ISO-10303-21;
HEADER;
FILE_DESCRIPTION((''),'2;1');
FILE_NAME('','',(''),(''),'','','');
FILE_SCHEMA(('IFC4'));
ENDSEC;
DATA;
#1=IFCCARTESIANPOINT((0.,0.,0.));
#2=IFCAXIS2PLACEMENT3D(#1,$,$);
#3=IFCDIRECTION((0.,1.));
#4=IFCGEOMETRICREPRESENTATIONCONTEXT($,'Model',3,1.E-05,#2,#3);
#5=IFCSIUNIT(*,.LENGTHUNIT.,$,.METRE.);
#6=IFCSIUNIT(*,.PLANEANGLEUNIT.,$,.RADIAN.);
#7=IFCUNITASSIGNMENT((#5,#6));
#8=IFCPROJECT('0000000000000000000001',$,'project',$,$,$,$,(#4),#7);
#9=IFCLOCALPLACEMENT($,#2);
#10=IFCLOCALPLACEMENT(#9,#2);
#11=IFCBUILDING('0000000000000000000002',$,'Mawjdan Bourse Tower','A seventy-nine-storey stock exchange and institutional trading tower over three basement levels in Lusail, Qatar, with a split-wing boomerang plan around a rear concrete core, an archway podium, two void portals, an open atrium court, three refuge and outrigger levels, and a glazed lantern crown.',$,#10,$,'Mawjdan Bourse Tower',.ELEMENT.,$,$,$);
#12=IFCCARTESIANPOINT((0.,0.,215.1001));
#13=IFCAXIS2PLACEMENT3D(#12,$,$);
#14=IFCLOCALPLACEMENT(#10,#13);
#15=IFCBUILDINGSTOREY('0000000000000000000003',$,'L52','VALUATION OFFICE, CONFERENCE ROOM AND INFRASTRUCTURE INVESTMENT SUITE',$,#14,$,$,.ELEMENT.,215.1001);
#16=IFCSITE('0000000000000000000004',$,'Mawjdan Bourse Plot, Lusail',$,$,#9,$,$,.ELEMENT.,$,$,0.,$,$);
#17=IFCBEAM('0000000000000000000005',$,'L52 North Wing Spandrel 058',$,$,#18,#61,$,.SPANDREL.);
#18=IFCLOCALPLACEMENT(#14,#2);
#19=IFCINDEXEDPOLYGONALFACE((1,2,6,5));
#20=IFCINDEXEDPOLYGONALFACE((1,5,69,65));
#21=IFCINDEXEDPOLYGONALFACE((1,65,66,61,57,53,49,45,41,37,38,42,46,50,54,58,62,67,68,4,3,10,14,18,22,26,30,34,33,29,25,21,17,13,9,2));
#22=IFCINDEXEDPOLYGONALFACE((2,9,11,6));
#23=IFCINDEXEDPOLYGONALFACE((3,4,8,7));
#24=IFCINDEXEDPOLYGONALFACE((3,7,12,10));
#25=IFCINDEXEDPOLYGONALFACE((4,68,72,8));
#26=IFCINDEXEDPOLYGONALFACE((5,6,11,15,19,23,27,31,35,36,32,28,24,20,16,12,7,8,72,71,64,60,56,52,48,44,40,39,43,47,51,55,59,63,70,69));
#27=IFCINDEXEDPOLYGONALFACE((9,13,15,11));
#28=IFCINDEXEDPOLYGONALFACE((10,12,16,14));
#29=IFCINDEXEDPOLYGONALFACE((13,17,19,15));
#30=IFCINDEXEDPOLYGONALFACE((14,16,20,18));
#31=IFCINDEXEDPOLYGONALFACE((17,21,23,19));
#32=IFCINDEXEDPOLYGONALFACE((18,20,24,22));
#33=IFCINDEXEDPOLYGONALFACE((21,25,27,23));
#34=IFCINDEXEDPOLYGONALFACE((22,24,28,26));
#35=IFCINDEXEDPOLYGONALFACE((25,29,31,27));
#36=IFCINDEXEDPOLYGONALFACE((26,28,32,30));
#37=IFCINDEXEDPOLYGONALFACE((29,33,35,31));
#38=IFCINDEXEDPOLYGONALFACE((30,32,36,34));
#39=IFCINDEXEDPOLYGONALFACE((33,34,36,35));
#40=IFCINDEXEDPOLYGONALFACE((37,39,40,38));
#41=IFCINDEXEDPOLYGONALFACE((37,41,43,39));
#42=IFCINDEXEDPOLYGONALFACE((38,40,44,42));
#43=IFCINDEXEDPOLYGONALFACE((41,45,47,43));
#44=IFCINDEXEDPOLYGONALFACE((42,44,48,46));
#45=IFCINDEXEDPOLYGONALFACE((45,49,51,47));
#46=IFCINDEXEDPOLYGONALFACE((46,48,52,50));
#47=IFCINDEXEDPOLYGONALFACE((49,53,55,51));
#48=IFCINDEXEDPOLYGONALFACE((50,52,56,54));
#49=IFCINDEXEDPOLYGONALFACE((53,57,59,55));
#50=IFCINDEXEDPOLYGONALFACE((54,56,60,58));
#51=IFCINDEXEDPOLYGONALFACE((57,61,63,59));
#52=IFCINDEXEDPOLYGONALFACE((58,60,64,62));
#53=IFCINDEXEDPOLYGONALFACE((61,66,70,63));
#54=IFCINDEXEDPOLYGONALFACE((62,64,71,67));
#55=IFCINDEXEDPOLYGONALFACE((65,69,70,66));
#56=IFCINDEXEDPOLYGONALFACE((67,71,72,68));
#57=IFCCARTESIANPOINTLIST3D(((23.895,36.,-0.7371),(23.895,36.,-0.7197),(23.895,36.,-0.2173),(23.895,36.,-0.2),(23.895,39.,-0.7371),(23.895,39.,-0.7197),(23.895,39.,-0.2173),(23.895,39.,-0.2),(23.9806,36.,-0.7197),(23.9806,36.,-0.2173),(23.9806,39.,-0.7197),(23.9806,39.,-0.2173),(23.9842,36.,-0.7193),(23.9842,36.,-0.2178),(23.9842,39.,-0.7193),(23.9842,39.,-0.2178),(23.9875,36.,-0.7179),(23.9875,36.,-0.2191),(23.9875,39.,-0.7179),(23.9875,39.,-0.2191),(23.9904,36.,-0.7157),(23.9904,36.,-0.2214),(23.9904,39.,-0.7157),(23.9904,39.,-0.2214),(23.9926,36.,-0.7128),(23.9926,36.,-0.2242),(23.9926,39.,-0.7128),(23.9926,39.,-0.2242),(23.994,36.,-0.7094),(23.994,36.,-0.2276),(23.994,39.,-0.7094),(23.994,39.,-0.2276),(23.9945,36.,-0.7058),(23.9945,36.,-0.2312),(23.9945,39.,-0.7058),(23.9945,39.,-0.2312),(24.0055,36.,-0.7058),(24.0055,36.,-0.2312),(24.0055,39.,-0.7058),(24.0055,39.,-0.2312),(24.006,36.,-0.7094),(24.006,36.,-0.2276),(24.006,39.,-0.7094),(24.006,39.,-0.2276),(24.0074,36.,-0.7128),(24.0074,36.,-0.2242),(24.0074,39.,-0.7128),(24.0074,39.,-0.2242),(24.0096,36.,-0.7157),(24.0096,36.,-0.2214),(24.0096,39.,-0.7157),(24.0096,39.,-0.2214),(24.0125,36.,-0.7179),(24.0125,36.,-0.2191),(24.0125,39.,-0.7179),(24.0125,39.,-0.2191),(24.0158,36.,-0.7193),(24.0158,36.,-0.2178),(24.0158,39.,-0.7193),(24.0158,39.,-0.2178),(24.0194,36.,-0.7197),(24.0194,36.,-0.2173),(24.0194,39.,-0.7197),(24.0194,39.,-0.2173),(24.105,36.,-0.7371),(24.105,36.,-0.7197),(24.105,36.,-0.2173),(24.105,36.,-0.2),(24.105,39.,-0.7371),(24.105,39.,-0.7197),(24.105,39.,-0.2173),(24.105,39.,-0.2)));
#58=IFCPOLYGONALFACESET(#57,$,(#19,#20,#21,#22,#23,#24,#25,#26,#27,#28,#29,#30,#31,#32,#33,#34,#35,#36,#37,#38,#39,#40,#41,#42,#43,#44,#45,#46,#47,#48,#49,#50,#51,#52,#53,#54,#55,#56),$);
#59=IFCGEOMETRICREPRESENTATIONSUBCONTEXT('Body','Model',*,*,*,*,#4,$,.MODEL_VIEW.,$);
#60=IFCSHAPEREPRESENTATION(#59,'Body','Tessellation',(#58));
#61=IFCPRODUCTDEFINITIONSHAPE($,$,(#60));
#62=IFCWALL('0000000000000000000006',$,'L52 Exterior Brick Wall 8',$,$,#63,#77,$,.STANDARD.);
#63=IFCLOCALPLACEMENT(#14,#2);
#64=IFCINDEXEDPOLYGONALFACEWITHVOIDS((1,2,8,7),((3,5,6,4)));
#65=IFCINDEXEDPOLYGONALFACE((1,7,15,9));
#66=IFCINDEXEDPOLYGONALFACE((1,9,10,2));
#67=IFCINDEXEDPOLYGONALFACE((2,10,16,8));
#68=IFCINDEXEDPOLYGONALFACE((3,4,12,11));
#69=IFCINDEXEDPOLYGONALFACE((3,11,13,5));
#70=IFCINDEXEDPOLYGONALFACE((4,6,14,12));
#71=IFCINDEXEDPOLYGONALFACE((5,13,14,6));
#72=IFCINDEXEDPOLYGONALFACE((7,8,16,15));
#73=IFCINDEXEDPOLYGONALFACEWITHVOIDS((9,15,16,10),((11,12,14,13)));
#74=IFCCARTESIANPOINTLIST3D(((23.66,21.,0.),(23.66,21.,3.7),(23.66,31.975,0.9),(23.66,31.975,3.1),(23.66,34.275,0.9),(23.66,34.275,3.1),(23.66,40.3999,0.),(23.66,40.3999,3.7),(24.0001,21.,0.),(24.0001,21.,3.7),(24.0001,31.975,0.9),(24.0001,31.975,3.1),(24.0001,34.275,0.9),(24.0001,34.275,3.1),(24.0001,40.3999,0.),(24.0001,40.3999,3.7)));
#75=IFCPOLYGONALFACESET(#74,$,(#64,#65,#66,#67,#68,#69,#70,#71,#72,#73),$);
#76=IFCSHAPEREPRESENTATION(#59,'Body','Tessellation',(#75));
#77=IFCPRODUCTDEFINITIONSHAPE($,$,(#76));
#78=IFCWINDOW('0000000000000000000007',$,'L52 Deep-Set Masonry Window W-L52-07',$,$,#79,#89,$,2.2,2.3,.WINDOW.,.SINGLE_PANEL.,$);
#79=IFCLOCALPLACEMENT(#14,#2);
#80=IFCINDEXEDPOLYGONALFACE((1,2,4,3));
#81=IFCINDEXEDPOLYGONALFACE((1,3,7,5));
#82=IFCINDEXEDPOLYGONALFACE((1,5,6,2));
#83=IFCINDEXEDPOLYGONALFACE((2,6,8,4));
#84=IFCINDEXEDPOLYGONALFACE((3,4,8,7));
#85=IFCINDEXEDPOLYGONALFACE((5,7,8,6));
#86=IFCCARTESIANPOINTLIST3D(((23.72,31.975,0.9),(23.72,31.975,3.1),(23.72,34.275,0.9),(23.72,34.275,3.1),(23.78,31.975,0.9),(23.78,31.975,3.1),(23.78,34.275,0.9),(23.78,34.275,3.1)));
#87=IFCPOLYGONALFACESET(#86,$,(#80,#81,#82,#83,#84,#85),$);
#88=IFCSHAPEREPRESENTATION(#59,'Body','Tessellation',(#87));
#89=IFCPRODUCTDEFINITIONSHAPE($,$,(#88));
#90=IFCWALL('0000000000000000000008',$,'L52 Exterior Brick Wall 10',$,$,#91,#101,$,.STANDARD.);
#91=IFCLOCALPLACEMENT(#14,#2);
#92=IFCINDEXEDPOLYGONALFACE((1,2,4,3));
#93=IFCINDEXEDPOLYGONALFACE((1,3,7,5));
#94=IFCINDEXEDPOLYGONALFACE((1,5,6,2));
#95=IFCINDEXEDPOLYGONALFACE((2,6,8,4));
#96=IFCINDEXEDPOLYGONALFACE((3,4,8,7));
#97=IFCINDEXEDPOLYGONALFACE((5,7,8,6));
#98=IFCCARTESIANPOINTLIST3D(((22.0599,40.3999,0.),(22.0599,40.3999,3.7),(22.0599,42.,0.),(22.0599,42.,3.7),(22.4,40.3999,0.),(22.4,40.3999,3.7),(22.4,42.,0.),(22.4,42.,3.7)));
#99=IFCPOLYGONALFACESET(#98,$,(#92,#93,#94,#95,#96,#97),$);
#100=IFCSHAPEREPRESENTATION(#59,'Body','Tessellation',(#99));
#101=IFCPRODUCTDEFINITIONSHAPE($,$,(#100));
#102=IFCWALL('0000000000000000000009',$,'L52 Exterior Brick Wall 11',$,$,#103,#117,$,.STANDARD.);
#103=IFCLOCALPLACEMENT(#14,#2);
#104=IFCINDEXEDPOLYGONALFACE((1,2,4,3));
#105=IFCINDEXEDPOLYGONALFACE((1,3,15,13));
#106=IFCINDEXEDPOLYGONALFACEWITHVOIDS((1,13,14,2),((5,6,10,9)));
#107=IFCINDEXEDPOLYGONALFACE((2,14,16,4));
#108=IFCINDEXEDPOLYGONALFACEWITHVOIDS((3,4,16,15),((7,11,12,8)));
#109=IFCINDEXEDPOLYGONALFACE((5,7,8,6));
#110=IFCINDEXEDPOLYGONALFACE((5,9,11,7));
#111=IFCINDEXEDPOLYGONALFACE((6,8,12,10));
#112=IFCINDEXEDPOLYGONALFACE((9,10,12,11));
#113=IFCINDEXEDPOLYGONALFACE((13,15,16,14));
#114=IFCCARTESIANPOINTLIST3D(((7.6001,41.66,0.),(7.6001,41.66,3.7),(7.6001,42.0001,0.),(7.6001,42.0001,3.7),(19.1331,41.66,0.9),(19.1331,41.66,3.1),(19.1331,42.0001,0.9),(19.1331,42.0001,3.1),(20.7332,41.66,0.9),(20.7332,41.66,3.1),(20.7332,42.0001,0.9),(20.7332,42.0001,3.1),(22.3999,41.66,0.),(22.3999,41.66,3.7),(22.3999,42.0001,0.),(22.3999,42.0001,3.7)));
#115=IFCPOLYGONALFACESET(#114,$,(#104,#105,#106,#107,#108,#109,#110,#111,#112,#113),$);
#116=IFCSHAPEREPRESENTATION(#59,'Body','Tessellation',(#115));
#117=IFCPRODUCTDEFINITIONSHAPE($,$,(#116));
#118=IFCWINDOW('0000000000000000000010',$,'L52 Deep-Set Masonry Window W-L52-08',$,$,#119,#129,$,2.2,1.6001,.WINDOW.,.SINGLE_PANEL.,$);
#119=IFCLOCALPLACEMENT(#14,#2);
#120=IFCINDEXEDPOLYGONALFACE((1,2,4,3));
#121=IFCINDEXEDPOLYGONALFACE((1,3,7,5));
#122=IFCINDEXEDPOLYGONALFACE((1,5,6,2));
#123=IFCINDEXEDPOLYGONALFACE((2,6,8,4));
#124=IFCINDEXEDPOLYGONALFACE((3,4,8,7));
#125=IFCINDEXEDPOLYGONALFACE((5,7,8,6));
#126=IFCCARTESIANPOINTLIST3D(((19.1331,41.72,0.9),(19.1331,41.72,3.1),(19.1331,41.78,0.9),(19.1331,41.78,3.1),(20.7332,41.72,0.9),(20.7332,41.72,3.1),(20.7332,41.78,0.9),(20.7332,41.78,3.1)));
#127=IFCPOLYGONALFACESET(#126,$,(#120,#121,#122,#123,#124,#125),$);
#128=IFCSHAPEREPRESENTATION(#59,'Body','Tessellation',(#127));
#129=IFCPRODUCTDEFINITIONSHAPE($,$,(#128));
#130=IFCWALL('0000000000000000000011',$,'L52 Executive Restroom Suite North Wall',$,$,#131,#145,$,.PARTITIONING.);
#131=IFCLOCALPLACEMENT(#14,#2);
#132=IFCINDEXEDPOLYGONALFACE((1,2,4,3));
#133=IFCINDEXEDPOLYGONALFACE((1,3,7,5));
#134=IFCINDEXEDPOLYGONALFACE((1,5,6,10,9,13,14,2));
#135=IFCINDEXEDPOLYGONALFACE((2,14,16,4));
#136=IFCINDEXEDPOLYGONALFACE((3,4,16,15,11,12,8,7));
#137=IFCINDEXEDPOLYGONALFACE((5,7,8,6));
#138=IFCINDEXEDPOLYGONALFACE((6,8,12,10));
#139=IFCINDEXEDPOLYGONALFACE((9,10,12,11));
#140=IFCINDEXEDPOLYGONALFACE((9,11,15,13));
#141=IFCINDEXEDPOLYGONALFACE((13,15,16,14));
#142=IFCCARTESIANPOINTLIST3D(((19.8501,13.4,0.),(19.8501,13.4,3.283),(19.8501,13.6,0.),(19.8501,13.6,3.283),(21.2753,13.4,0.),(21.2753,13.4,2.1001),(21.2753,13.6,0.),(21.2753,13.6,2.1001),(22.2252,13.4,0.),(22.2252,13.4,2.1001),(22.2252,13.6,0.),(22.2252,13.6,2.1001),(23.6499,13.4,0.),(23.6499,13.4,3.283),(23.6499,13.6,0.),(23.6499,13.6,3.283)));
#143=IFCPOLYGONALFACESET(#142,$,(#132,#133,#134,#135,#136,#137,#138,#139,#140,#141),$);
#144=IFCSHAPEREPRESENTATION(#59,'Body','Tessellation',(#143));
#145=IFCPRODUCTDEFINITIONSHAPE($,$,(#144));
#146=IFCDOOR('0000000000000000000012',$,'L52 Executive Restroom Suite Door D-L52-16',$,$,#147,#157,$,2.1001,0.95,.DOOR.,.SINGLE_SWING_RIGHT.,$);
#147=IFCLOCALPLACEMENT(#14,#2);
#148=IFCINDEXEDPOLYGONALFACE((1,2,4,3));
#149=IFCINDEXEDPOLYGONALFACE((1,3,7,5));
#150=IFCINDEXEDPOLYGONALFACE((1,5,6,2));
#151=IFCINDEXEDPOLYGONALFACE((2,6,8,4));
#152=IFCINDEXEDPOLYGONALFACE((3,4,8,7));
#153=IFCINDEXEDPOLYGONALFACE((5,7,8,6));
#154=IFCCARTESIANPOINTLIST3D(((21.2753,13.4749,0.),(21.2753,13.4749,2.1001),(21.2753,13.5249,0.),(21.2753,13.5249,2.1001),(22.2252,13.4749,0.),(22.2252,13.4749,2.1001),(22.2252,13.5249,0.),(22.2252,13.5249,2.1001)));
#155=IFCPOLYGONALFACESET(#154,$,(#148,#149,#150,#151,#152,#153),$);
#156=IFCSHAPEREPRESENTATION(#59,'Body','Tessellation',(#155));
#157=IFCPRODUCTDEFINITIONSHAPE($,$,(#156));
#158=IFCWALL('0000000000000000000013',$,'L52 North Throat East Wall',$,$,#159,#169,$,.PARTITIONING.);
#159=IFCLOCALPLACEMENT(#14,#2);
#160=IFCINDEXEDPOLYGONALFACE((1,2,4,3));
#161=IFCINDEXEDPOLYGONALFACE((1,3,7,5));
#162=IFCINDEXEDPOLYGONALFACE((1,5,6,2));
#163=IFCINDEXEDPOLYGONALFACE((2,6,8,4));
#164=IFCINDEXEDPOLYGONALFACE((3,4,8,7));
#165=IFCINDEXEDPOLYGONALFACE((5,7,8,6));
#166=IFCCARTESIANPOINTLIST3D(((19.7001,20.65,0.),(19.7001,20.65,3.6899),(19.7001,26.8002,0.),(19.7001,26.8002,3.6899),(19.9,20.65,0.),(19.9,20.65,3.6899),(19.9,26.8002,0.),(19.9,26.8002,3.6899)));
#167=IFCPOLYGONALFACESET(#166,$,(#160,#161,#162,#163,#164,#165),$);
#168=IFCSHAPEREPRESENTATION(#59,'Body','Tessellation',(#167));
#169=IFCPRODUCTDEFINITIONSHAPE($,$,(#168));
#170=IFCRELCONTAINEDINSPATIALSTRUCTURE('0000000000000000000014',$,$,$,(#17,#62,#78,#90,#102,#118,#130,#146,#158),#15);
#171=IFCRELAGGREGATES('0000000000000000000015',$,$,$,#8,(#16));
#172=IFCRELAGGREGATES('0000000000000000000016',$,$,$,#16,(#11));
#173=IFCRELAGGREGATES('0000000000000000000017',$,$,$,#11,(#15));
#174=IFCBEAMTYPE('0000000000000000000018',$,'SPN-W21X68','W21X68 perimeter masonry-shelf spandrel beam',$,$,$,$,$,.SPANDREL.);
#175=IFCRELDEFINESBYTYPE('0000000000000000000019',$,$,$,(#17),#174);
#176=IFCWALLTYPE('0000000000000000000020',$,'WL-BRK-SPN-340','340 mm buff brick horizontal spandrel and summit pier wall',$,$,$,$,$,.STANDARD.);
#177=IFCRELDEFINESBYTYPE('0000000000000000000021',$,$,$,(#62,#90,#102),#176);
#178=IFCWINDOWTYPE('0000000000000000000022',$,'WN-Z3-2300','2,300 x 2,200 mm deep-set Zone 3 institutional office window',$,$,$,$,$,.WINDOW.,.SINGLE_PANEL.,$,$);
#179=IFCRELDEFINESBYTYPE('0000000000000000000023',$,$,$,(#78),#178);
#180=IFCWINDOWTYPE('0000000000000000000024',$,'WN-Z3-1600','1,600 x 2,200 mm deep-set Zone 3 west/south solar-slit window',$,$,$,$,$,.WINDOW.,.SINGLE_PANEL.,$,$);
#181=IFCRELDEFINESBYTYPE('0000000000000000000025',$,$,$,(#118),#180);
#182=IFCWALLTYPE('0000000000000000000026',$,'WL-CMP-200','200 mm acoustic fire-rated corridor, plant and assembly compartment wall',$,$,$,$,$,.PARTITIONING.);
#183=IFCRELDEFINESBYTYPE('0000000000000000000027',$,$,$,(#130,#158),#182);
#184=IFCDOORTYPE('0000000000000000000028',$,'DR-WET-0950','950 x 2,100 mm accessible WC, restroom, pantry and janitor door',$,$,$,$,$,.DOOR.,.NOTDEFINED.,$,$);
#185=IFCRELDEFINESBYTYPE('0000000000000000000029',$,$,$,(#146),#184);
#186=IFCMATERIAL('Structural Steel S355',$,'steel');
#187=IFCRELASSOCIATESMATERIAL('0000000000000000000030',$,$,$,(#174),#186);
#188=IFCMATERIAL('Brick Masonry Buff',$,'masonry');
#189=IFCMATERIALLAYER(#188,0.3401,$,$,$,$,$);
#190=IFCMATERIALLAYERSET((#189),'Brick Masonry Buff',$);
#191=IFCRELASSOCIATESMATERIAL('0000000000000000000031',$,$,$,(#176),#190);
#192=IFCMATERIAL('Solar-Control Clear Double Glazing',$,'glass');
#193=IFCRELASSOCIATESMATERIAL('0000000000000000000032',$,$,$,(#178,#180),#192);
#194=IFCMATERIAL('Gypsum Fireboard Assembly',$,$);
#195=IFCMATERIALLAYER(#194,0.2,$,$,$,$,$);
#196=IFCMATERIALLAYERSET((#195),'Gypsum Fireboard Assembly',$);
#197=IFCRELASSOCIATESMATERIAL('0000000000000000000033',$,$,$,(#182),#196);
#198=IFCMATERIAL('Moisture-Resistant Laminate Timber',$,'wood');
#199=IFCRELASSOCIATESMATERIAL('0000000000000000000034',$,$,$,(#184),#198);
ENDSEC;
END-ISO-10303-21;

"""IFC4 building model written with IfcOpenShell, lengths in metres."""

from ifc_helpers import new_model, si_unit, direction, frame, frame_2d, origin, origin_2d, place, context, subcontext, project, spatial, rectangle, i_section, extrude, material, layer, layer_set, material_profile, profile_set, type_object, element, fill, save


model = new_model("IFC4")

# Units and contexts
model_context = context("Model", 3, precision=1e-05, world=origin(), true_north=direction((0.0, 1.0)))
body_context = subcontext(model_context, "Body", "Model", "MODEL_VIEW")
ifc_project = project(units=[si_unit("LENGTHUNIT", "METRE"), si_unit("PLANEANGLEUNIT", "RADIAN")], contexts=[model_context])

# Site, building, storey
site_placement = place(None, origin())
site = spatial("IfcSite", under=ifc_project, at=site_placement, Name="Mawjdan Bourse Plot, Lusail", CompositionType="ELEMENT", RefElevation=0.0)
building_placement = place(site_placement, origin())
building = spatial("IfcBuilding", under=site, at=building_placement, Name="Mawjdan Bourse Tower", Description="A seventy-nine-storey stock exchange and institutional trading tower over three basement levels in Lusail, Qatar, with a split-wing boomerang plan around a rear concrete core, an archway podium, two void portals, an open atrium court, three refuge and outrigger levels, and a glazed lantern crown.", LongName="Mawjdan Bourse Tower", CompositionType="ELEMENT")
storey_placement = place(building_placement, frame((0.0, 0.0, 215.1001)))
storey = spatial("IfcBuildingStorey", under=building, at=storey_placement, Name="L52", Description="VALUATION OFFICE, CONFERENCE ROOM AND INFRASTRUCTURE INVESTMENT SUITE", CompositionType="ELEMENT", Elevation=215.1001)

# Beam
ifc_material_1 = material(Name="Structural Steel S355", Category="steel")
ifc_material_profile_1 = material_profile(ifc_material_1, i_section(OverallWidth=0.21, OverallDepth=0.5371, WebThickness=0.011, FlangeThickness=0.0173, FilletRadius=0.0139, at=origin_2d()), Name="W21X68")
ifc_profile_set_1 = profile_set([ifc_material_profile_1], Name="Structural Steel S355")
beam_type_1 = type_object("IfcBeamType", Name="SPN-W21X68", Description="W21X68 perimeter masonry-shelf spandrel beam", PredefinedType="SPANDREL", material=ifc_profile_set_1)
beam_1_placement = place(storey_placement, frame((24.0, 36.0, -0.4685), z_axis=(0.0, 1.0, 0.0), x_axis=(-1.0, 0.0, 0.0)))
element("IfcBeam", 1, at=beam_1_placement, inside=storey, type_object=beam_type_1, Name="L52 North Wing Spandrel 058", PredefinedType="SPANDREL", context=body_context, shape_type="SweptSolid", body=[
    extrude(i_section(OverallWidth=0.21, OverallDepth=0.5371, WebThickness=0.011, FlangeThickness=0.0173, FilletRadius=0.0139, at=origin_2d()), origin(), (0.0, 0.0, 1.0), 3.0),
])

# Wall, opening, window
ifc_material_2 = material(Name="Brick Masonry Buff", Category="masonry")
ifc_layer_1 = layer(ifc_material_2, 0.3401)
ifc_layer_set_1 = layer_set([ifc_layer_1], Name="Brick Masonry Buff")
wall_type_1 = type_object("IfcWallType", Name="WL-BRK-SPN-340", Description="340 mm buff brick horizontal spandrel and summit pier wall", PredefinedType="STANDARD", material=ifc_layer_set_1)
wall_1_placement = place(storey_placement, frame((23.8301, 21.0, 0.0), z_axis=(0.0, 0.0, 1.0), x_axis=(0.0, 1.0, 0.0)))
wall_1 = element("IfcWall", 2, at=wall_1_placement, inside=storey, type_object=wall_type_1, Name="L52 Exterior Brick Wall 8", PredefinedType="STANDARD", context=body_context, shape_type="SweptSolid", body=[
    extrude(rectangle(XDim=19.3999, YDim=0.3401, at=frame_2d((9.7, 0.0))), origin(), (0.0, 0.0, 1.0), 3.7),
])
opening_1_placement = place(wall_1_placement, frame((10.9751, 0.0, 0.8999)))
opening_1 = element("IfcOpeningElement", 3, at=opening_1_placement, cuts=wall_1, PredefinedType="OPENING", context=body_context, shape_type="SweptSolid", body=[
    extrude(rectangle(XDim=2.3, YDim=2.2, at=frame_2d((1.1499, 1.1001))), frame((0.0, 0.1802, 0.0), z_axis=(0.0, -1.0, 0.0), x_axis=(1.0, 0.0, 0.0)), (0.0, 0.0, 1.0), 0.3601),
])
ifc_material_3 = material(Name="Solar-Control Clear Double Glazing", Category="glass")
window_type_1 = type_object("IfcWindowType", Name="WN-Z3-2300", Description="2,300 x 2,200 mm deep-set Zone 3 institutional office window", PartitioningType="SINGLE_PANEL", PredefinedType="WINDOW", material=ifc_material_3)
window_1_placement = place(opening_1_placement, origin())
window_1 = element("IfcWindow", 4, at=window_1_placement, inside=storey, type_object=window_type_1, Name="L52 Deep-Set Masonry Window W-L52-07", OverallHeight=2.2, OverallWidth=2.3, PartitioningType="SINGLE_PANEL", PredefinedType="WINDOW", context=body_context, shape_type="SweptSolid", body=[
    extrude(rectangle(XDim=2.3, YDim=2.2, at=frame_2d((1.1499, 1.1001))), frame((0.0, 0.1101, 0.0), z_axis=(0.0, -1.0, 0.0), x_axis=(1.0, 0.0, 0.0)), (0.0, 0.0, 1.0), 0.0601),
])
fill(opening_1, window_1)

# Wall
wall_2_placement = place(storey_placement, frame((22.23, 40.3999, 0.0), z_axis=(0.0, 0.0, 1.0), x_axis=(0.0, 1.0, 0.0)))
element("IfcWall", 5, at=wall_2_placement, inside=storey, type_object=wall_type_1, Name="L52 Exterior Brick Wall 10", PredefinedType="STANDARD", context=body_context, shape_type="SweptSolid", body=[
    extrude(rectangle(XDim=1.6001, YDim=0.3401, at=frame_2d((0.8, 0.0))), origin(), (0.0, 0.0, 1.0), 3.7),
])

# Wall, opening, window
wall_3_placement = place(storey_placement, frame((22.3999, 41.8301, 0.0), z_axis=(0.0, 0.0, 1.0), x_axis=(-1.0, 0.0, 0.0)))
wall_3 = element("IfcWall", 6, at=wall_3_placement, inside=storey, type_object=wall_type_1, Name="L52 Exterior Brick Wall 11", PredefinedType="STANDARD", context=body_context, shape_type="SweptSolid", body=[
    extrude(rectangle(XDim=14.7998, YDim=0.3401, at=frame_2d((7.3999, 0.0))), origin(), (0.0, 0.0, 1.0), 3.7),
])
opening_2_placement = place(wall_3_placement, frame((1.6667, 0.0, 0.8999)))
opening_2 = element("IfcOpeningElement", 7, at=opening_2_placement, cuts=wall_3, PredefinedType="OPENING", context=body_context, shape_type="SweptSolid", body=[
    extrude(rectangle(XDim=1.6001, YDim=2.2, at=frame_2d((0.8, 1.1001))), frame((0.0, 0.1802, 0.0), z_axis=(0.0, -1.0, 0.0), x_axis=(1.0, 0.0, 0.0)), (0.0, 0.0, 1.0), 0.3601),
])
window_type_2 = type_object("IfcWindowType", Name="WN-Z3-1600", Description="1,600 x 2,200 mm deep-set Zone 3 west/south solar-slit window", PartitioningType="SINGLE_PANEL", PredefinedType="WINDOW", material=ifc_material_3)
window_2_placement = place(opening_2_placement, origin())
window_2 = element("IfcWindow", 8, at=window_2_placement, inside=storey, type_object=window_type_2, Name="L52 Deep-Set Masonry Window W-L52-08", OverallHeight=2.2, OverallWidth=1.6001, PartitioningType="SINGLE_PANEL", PredefinedType="WINDOW", context=body_context, shape_type="SweptSolid", body=[
    extrude(rectangle(XDim=1.6001, YDim=2.2, at=frame_2d((0.8, 1.1001))), frame((0.0, 0.1101, 0.0), z_axis=(0.0, -1.0, 0.0), x_axis=(1.0, 0.0, 0.0)), (0.0, 0.0, 1.0), 0.0601),
])
fill(opening_2, window_2)

# Wall, opening, door
ifc_material_4 = material(Name="Gypsum Fireboard Assembly")
ifc_layer_2 = layer(ifc_material_4, 0.2)
ifc_layer_set_2 = layer_set([ifc_layer_2], Name="Gypsum Fireboard Assembly")
wall_type_2 = type_object("IfcWallType", Name="WL-CMP-200", Description="200 mm acoustic fire-rated corridor, plant and assembly compartment wall", PredefinedType="PARTITIONING", material=ifc_layer_set_2)
wall_4_placement = place(storey_placement, frame((19.8501, 13.5, 0.0), z_axis=(0.0, 0.0, 1.0), x_axis=(1.0, 0.0, 0.0)))
wall_4 = element("IfcWall", 9, at=wall_4_placement, inside=storey, type_object=wall_type_2, Name="L52 Executive Restroom Suite North Wall", PredefinedType="PARTITIONING", context=body_context, shape_type="SweptSolid", body=[
    extrude(rectangle(XDim=3.7998, YDim=0.2, at=frame_2d((1.8999, 0.0))), origin(), (0.0, 0.0, 1.0), 3.283),
])
opening_3_placement = place(wall_4_placement, frame((1.425, 0.0, 0.0)))
opening_3 = element("IfcOpeningElement", 10, at=opening_3_placement, cuts=wall_4, PredefinedType="OPENING", context=body_context, shape_type="SweptSolid", body=[
    extrude(rectangle(XDim=0.95, YDim=2.1001, at=frame_2d((0.4751, 1.05))), frame((0.0, 0.1099, 0.0), z_axis=(0.0, -1.0, 0.0), x_axis=(1.0, 0.0, 0.0)), (0.0, 0.0, 1.0), 0.22),
])
ifc_material_5 = material(Name="Moisture-Resistant Laminate Timber", Category="wood")
door_type_1 = type_object("IfcDoorType", Name="DR-WET-0950", Description="950 x 2,100 mm accessible WC, restroom, pantry and janitor door", OperationType="NOTDEFINED", PredefinedType="DOOR", material=ifc_material_5)
door_1_placement = place(opening_3_placement, origin())
door_1 = element("IfcDoor", 11, at=door_1_placement, inside=storey, type_object=door_type_1, Name="L52 Executive Restroom Suite Door D-L52-16", OperationType="SINGLE_SWING_RIGHT", OverallHeight=2.1001, OverallWidth=0.95, PredefinedType="DOOR", context=body_context, shape_type="SweptSolid", body=[
    extrude(rectangle(XDim=0.95, YDim=2.1001, at=frame_2d((0.4751, 1.05))), frame((0.0, 0.0249, 0.0), z_axis=(0.0, -1.0, 0.0), x_axis=(1.0, 0.0, 0.0)), (0.0, 0.0, 1.0), 0.05),
])
fill(opening_3, door_1)

# Wall
wall_5_placement = place(storey_placement, frame((19.8, 20.6499, 0.0), z_axis=(0.0, 0.0, 1.0), x_axis=(0.0, 1.0, 0.0)))
element("IfcWall", 12, at=wall_5_placement, inside=storey, type_object=wall_type_2, Name="L52 North Throat East Wall", PredefinedType="PARTITIONING", context=body_context, shape_type="SweptSolid", body=[
    extrude(rectangle(XDim=6.1501, YDim=0.2, at=frame_2d((3.0752, 0.0))), origin(), (0.0, 0.0, 1.0), 3.6899),
])

save(model, "model.ifc")
